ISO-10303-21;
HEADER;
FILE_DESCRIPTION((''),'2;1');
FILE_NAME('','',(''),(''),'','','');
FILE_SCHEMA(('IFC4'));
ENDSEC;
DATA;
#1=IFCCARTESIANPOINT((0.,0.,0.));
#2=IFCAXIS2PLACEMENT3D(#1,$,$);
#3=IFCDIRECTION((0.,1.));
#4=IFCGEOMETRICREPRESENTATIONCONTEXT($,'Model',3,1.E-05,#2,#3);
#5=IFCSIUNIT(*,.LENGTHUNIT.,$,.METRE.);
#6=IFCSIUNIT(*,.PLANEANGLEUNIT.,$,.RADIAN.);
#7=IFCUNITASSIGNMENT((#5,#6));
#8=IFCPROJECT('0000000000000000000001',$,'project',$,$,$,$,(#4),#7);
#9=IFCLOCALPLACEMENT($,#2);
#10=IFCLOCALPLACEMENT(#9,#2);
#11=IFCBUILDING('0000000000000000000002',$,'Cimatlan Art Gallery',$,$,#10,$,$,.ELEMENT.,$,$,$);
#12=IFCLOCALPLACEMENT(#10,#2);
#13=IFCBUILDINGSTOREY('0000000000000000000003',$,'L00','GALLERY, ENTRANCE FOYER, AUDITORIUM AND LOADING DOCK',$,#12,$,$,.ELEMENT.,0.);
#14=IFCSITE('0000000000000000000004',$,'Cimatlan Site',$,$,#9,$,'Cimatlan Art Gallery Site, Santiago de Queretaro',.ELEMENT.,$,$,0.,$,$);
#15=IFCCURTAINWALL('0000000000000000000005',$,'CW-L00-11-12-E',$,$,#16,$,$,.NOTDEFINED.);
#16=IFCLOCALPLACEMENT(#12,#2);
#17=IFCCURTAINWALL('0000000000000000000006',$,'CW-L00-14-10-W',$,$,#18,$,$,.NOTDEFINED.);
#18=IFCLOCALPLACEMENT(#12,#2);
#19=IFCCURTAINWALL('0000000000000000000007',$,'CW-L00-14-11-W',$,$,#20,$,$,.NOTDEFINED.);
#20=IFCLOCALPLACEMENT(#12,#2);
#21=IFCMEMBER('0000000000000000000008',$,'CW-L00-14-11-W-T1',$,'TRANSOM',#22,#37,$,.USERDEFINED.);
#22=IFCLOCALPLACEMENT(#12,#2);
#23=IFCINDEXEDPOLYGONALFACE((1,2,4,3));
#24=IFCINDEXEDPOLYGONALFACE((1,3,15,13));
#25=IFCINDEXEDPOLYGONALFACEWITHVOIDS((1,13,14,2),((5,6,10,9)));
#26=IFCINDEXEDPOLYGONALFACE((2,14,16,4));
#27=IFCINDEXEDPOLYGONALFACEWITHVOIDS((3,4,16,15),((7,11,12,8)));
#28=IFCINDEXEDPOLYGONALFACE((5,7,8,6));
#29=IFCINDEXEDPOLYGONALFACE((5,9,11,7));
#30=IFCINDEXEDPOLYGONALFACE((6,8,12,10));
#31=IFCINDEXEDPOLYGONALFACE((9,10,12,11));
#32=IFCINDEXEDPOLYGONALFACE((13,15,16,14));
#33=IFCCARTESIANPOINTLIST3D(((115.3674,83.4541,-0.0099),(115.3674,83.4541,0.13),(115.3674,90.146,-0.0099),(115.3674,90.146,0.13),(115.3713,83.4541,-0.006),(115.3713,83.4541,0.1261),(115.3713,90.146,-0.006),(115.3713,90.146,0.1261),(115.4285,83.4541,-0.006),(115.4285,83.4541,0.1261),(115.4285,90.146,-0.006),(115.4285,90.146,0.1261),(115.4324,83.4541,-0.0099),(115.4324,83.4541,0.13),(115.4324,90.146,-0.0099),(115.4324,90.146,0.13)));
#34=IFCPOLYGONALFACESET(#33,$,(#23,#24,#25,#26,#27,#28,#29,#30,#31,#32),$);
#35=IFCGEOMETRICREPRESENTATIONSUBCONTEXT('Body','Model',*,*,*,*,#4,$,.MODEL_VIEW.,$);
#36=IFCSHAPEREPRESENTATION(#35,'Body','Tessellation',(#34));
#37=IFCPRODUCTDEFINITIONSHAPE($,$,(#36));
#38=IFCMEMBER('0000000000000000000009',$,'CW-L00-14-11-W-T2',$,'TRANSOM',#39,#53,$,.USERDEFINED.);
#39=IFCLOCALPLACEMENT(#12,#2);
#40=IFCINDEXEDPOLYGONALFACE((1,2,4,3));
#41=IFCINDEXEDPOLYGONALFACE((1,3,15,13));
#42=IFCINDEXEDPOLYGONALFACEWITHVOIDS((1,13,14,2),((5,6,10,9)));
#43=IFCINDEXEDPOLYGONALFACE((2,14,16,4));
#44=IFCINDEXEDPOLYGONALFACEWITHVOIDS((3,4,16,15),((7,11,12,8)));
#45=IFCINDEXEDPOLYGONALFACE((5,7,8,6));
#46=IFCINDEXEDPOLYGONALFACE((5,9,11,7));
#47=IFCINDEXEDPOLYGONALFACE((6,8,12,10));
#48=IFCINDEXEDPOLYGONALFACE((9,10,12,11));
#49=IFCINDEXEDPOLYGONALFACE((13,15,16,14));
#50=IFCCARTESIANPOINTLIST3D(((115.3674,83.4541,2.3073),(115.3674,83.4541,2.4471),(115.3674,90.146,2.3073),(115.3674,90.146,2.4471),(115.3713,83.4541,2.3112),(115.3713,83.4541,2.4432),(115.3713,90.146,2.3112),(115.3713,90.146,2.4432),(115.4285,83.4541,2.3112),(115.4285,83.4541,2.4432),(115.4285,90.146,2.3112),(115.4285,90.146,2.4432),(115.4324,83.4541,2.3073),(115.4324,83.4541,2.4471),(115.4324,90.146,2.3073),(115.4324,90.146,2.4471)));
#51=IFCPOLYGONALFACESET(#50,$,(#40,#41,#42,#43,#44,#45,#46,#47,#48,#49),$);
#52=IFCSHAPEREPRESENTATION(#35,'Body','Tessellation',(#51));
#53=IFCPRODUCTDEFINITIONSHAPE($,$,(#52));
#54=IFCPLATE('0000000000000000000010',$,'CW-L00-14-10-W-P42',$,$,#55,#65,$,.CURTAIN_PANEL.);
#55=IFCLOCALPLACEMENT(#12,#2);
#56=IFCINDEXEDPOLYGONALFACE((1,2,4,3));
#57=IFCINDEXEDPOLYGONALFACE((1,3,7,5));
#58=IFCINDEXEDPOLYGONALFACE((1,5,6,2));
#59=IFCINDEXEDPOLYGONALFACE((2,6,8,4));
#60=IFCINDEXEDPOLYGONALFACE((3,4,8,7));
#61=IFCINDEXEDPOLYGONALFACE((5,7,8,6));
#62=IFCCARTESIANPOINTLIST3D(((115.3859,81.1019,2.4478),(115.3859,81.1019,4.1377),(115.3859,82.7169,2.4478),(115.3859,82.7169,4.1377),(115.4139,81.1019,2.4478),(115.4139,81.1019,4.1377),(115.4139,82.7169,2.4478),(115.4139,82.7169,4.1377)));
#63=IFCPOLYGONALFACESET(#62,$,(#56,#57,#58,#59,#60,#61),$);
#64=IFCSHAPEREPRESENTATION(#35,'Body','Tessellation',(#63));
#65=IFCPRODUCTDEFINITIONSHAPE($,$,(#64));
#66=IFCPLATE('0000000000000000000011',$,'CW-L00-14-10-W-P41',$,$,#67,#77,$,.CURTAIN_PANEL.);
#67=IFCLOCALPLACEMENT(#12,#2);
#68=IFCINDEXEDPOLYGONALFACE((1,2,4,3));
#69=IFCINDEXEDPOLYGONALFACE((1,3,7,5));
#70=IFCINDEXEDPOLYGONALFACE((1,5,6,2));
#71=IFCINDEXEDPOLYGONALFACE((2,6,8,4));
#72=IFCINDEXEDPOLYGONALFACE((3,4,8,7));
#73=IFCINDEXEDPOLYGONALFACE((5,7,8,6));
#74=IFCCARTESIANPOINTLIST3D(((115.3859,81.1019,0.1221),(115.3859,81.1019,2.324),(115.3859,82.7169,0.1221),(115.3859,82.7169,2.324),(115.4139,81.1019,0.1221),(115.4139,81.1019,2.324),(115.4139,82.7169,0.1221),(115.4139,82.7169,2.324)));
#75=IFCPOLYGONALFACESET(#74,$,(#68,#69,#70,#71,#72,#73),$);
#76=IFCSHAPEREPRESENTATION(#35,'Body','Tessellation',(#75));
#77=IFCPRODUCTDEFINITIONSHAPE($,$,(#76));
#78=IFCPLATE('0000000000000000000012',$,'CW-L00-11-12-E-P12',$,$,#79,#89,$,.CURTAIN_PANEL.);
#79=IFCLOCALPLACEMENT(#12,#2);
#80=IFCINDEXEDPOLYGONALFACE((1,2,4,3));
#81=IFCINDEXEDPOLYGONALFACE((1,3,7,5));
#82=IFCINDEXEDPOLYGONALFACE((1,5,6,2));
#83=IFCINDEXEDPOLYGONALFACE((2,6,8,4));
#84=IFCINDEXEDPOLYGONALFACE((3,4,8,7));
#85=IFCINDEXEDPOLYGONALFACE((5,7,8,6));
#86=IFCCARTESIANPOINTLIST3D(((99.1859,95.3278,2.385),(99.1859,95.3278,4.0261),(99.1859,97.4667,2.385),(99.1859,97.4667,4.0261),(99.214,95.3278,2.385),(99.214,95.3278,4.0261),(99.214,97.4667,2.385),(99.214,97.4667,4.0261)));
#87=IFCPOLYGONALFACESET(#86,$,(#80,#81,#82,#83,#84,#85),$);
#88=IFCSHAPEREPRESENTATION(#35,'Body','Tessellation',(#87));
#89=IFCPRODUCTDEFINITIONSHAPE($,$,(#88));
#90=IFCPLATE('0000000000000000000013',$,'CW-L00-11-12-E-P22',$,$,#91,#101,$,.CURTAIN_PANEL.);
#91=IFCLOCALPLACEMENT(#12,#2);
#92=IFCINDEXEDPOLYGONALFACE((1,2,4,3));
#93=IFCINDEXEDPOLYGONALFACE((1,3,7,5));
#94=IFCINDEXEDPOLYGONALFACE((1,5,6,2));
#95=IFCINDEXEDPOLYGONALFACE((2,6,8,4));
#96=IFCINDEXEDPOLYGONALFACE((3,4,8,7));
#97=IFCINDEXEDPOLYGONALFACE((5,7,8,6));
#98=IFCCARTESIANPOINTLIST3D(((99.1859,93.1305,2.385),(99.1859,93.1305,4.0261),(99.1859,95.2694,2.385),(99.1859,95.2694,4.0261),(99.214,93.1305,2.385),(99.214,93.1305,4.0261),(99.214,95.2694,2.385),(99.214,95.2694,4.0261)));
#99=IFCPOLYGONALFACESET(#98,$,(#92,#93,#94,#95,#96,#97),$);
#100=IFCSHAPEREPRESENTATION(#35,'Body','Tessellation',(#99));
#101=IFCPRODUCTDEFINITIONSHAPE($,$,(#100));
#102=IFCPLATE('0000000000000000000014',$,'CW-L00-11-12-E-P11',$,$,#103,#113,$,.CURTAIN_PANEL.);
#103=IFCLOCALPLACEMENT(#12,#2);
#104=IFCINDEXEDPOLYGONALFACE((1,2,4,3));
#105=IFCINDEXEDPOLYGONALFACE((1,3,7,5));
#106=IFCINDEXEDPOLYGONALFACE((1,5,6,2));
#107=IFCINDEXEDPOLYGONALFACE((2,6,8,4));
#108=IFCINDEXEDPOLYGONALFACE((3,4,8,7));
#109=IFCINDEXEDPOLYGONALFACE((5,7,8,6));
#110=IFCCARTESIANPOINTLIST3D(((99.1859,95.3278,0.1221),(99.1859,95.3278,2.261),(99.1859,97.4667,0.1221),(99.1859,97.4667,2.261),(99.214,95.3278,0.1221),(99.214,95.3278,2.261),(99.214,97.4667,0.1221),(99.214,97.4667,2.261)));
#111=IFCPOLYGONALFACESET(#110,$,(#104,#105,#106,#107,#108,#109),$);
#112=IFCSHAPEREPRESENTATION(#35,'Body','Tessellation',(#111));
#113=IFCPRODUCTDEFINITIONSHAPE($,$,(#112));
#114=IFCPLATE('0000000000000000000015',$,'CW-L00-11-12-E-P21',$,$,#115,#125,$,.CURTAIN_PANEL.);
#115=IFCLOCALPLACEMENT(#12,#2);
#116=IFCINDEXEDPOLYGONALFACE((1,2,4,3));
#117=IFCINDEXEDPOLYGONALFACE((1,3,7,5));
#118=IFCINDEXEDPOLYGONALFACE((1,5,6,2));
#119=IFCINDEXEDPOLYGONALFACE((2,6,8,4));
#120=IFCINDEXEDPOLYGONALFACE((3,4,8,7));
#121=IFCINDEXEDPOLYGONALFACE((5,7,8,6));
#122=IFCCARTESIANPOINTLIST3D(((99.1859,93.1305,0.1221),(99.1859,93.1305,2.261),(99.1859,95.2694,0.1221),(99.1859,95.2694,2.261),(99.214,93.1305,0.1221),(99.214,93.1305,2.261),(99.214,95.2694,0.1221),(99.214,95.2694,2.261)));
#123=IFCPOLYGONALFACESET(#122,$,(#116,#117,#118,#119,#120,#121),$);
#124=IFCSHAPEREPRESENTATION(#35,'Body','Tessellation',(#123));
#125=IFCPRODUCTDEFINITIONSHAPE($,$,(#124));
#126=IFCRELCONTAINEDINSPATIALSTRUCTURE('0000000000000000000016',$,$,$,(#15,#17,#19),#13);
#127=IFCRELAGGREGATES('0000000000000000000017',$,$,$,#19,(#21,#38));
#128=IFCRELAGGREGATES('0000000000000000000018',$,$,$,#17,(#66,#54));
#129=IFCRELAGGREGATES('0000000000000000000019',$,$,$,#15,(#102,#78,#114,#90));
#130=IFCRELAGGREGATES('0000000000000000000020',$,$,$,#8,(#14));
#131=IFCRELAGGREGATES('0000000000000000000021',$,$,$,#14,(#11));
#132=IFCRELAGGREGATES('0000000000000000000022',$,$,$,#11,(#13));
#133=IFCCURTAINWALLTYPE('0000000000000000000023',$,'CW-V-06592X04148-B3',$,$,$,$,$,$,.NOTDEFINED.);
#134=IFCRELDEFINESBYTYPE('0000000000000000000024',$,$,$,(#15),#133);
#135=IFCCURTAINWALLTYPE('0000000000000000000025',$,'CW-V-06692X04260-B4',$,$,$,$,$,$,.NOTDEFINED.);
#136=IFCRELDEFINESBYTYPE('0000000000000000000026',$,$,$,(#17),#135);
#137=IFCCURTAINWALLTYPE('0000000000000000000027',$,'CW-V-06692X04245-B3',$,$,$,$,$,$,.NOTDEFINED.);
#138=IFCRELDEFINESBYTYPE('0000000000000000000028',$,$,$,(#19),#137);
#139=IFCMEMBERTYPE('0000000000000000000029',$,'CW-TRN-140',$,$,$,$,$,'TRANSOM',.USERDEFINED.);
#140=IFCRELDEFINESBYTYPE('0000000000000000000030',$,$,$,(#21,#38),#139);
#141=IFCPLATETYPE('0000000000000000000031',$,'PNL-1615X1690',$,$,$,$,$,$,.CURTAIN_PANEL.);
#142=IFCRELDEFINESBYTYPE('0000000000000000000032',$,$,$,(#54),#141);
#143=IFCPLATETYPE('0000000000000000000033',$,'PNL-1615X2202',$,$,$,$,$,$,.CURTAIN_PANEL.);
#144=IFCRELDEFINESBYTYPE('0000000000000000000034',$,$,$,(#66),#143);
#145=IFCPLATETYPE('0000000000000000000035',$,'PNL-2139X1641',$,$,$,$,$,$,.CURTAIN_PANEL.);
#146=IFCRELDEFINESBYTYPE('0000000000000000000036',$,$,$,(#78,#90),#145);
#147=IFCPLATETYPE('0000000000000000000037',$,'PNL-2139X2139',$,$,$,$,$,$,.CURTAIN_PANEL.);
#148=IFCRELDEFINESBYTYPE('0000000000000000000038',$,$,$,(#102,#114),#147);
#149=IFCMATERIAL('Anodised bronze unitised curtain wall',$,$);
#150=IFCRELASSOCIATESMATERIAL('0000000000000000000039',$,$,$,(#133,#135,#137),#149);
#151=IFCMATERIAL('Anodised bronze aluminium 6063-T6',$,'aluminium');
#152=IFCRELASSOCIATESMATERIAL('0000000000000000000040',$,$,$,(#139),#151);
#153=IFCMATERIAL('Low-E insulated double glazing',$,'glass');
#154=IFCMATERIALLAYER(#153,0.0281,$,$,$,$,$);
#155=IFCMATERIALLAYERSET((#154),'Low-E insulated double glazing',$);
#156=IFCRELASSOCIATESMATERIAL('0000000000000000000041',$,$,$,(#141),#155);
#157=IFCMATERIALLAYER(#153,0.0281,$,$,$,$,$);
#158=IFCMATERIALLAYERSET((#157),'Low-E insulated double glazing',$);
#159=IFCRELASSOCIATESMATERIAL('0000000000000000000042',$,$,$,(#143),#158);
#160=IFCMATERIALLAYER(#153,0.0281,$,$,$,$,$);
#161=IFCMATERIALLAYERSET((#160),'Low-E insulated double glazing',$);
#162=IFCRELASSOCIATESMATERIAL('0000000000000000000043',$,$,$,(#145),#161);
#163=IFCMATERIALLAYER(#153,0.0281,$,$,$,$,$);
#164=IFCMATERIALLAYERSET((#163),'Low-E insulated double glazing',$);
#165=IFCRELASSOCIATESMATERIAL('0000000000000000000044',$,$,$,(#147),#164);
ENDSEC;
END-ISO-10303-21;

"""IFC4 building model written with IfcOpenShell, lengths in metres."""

from ifc_helpers import new_model, si_unit, direction, frame, origin, origin_2d, place, context, subcontext, project, spatial, rectangle, hollow_rectangle, extrude, material, layer, layer_set, material_profile, profile_set, type_object, element, aggregate, save


model = new_model("IFC4")

# Units and contexts
model_context = context("Model", 3, precision=1e-05, world=origin(), true_north=direction((0.0, 1.0)))
body_context = subcontext(model_context, "Body", "Model", "MODEL_VIEW")
ifc_project = project(units=[si_unit("LENGTHUNIT", "METRE"), si_unit("PLANEANGLEUNIT", "RADIAN")], contexts=[model_context])

# Site, building, storey
site_placement = place(None, origin())
site = spatial("IfcSite", under=ifc_project, at=site_placement, Name="Cimatlan Site", LongName="Cimatlan Art Gallery Site, Santiago de Queretaro", CompositionType="ELEMENT", RefElevation=0.0)
building_placement = place(site_placement, origin())
building = spatial("IfcBuilding", under=site, at=building_placement, Name="Cimatlan Art Gallery", CompositionType="ELEMENT")
storey_placement = place(building_placement, origin())
storey = spatial("IfcBuildingStorey", under=building, at=storey_placement, Name="L00", Description="GALLERY, ENTRANCE FOYER, AUDITORIUM AND LOADING DOCK", CompositionType="ELEMENT", Elevation=0.0)

# Curtain wall
ifc_material_1 = material(Name="Anodised bronze unitised curtain wall")
curtain_wall_type_1 = type_object("IfcCurtainWallType", Name="CW-V-06592X04148-B3", PredefinedType="NOTDEFINED", material=ifc_material_1)
curtain_wall_1_placement = place(storey_placement, origin())
curtain_wall_1 = element("IfcCurtainWall", 1, at=curtain_wall_1_placement, inside=storey, type_object=curtain_wall_type_1, Name="CW-L00-11-12-E", PredefinedType="NOTDEFINED")
ifc_material_2 = material(Name="Anodised bronze aluminium 6063-T6", Category="aluminium")

# Curtain walls, members
curtain_wall_type_2 = type_object("IfcCurtainWallType", Name="CW-V-06692X04260-B4", PredefinedType="NOTDEFINED", material=ifc_material_1)
curtain_wall_2_placement = place(storey_placement, origin())
curtain_wall_2 = element("IfcCurtainWall", 2, at=curtain_wall_2_placement, inside=storey, type_object=curtain_wall_type_2, Name="CW-L00-14-10-W", PredefinedType="NOTDEFINED")
curtain_wall_type_3 = type_object("IfcCurtainWallType", Name="CW-V-06692X04245-B3", PredefinedType="NOTDEFINED", material=ifc_material_1)
curtain_wall_3_placement = place(storey_placement, origin())
curtain_wall_3 = element("IfcCurtainWall", 3, at=curtain_wall_3_placement, inside=storey, type_object=curtain_wall_type_3, Name="CW-L00-14-11-W", PredefinedType="NOTDEFINED")
ifc_material_profile_1 = material_profile(ifc_material_2, hollow_rectangle(XDim=0.0649, YDim=0.1399, WallThickness=0.0039, at=origin_2d()), Name="ALU65X140X4")
ifc_profile_set_1 = profile_set([ifc_material_profile_1], Name="Anodised bronze aluminium 6063-T6")
member_type_1 = type_object("IfcMemberType", Name="CW-TRN-140", ElementType="TRANSOM", PredefinedType="USERDEFINED", material=ifc_profile_set_1)
member_1_placement = place(storey_placement, frame((115.3999, 83.4541, 0.0601), z_axis=(0.0, 1.0, 0.0), x_axis=(-1.0, 0.0, 0.0)))
member_1 = element("IfcMember", 4, at=member_1_placement, type_object=member_type_1, Name="CW-L00-14-11-W-T1", ObjectType="TRANSOM", PredefinedType="USERDEFINED", context=body_context, shape_type="SweptSolid", body=[
    extrude(hollow_rectangle(XDim=0.0649, YDim=0.1399, WallThickness=0.0039, at=origin_2d()), origin(), (0.0, 0.0, 1.0), 6.6919),
])
member_2_placement = place(storey_placement, frame((115.3999, 83.4541, 2.3772), z_axis=(0.0, 1.0, 0.0), x_axis=(-1.0, 0.0, 0.0)))
member_2 = element("IfcMember", 5, at=member_2_placement, type_object=member_type_1, Name="CW-L00-14-11-W-T2", ObjectType="TRANSOM", PredefinedType="USERDEFINED", context=body_context, shape_type="SweptSolid", body=[
    extrude(hollow_rectangle(XDim=0.0649, YDim=0.1399, WallThickness=0.0039, at=origin_2d()), origin(), (0.0, 0.0, 1.0), 6.6919),
])
aggregate(curtain_wall_3, [member_1, member_2])

# Plates
ifc_material_3 = material(Name="Low-E insulated double glazing", Category="glass")
ifc_layer_1 = layer(ifc_material_3, 0.0281)
ifc_layer_set_1 = layer_set([ifc_layer_1], Name="Low-E insulated double glazing")
plate_type_1 = type_object("IfcPlateType", Name="PNL-1615X1690", PredefinedType="CURTAIN_PANEL", material=ifc_layer_set_1)
plate_1_placement = place(storey_placement, frame((115.3999, 81.9094, 2.4478), z_axis=(0.0, 0.0, 1.0), x_axis=(0.0, 1.0, 0.0)))
plate_1 = element("IfcPlate", 6, at=plate_1_placement, type_object=plate_type_1, Name="CW-L00-14-10-W-P42", PredefinedType="CURTAIN_PANEL", context=body_context, shape_type="SweptSolid", body=[
    extrude(rectangle(XDim=1.615, YDim=0.0281, at=origin_2d()), origin(), (0.0, 0.0, 1.0), 1.6899),
])
ifc_layer_2 = layer(ifc_material_3, 0.0281)
ifc_layer_set_2 = layer_set([ifc_layer_2], Name="Low-E insulated double glazing")
plate_type_2 = type_object("IfcPlateType", Name="PNL-1615X2202", PredefinedType="CURTAIN_PANEL", material=ifc_layer_set_2)
plate_2_placement = place(storey_placement, frame((115.3999, 81.9094, 0.1221), z_axis=(0.0, 0.0, 1.0), x_axis=(0.0, 1.0, 0.0)))
plate_2 = element("IfcPlate", 7, at=plate_2_placement, type_object=plate_type_2, Name="CW-L00-14-10-W-P41", PredefinedType="CURTAIN_PANEL", context=body_context, shape_type="SweptSolid", body=[
    extrude(rectangle(XDim=1.615, YDim=0.0281, at=origin_2d()), origin(), (0.0, 0.0, 1.0), 2.2019),
])
aggregate(curtain_wall_2, [plate_2, plate_1])
ifc_layer_3 = layer(ifc_material_3, 0.0281)
ifc_layer_set_3 = layer_set([ifc_layer_3], Name="Low-E insulated double glazing")
plate_type_3 = type_object("IfcPlateType", Name="PNL-2139X1641", PredefinedType="CURTAIN_PANEL", material=ifc_layer_set_3)
plate_3_placement = place(storey_placement, frame((99.2, 96.3972, 2.385), z_axis=(0.0, 0.0, 1.0), x_axis=(0.0, -1.0, 0.0)))
plate_3 = element("IfcPlate", 8, at=plate_3_placement, type_object=plate_type_3, Name="CW-L00-11-12-E-P12", PredefinedType="CURTAIN_PANEL", context=body_context, shape_type="SweptSolid", body=[
    extrude(rectangle(XDim=2.1389, YDim=0.0281, at=origin_2d()), origin(), (0.0, 0.0, 1.0), 1.6411),
])
plate_4_placement = place(storey_placement, frame((99.2, 94.2, 2.385), z_axis=(0.0, 0.0, 1.0), x_axis=(0.0, -1.0, 0.0)))
plate_4 = element("IfcPlate", 9, at=plate_4_placement, type_object=plate_type_3, Name="CW-L00-11-12-E-P22", PredefinedType="CURTAIN_PANEL", context=body_context, shape_type="SweptSolid", body=[
    extrude(rectangle(XDim=2.1389, YDim=0.0281, at=origin_2d()), origin(), (0.0, 0.0, 1.0), 1.6411),
])
ifc_layer_4 = layer(ifc_material_3, 0.0281)
ifc_layer_set_4 = layer_set([ifc_layer_4], Name="Low-E insulated double glazing")
plate_type_4 = type_object("IfcPlateType", Name="PNL-2139X2139", PredefinedType="CURTAIN_PANEL", material=ifc_layer_set_4)
plate_5_placement = place(storey_placement, frame((99.2, 96.3972, 0.1221), z_axis=(0.0, 0.0, 1.0), x_axis=(0.0, -1.0, 0.0)))
plate_5 = element("IfcPlate", 10, at=plate_5_placement, type_object=plate_type_4, Name="CW-L00-11-12-E-P11", PredefinedType="CURTAIN_PANEL", context=body_context, shape_type="SweptSolid", body=[
    extrude(rectangle(XDim=2.1389, YDim=0.0281, at=origin_2d()), origin(), (0.0, 0.0, 1.0), 2.1389),
])
plate_6_placement = place(storey_placement, frame((99.2, 94.2, 0.1221), z_axis=(0.0, 0.0, 1.0), x_axis=(0.0, -1.0, 0.0)))
plate_6 = element("IfcPlate", 11, at=plate_6_placement, type_object=plate_type_4, Name="CW-L00-11-12-E-P21", PredefinedType="CURTAIN_PANEL", context=body_context, shape_type="SweptSolid", body=[
    extrude(rectangle(XDim=2.1389, YDim=0.0281, at=origin_2d()), origin(), (0.0, 0.0, 1.0), 2.1389),
])
aggregate(curtain_wall_1, [plate_5, plate_3, plate_6, plate_4])

save(model, "model.ifc")
